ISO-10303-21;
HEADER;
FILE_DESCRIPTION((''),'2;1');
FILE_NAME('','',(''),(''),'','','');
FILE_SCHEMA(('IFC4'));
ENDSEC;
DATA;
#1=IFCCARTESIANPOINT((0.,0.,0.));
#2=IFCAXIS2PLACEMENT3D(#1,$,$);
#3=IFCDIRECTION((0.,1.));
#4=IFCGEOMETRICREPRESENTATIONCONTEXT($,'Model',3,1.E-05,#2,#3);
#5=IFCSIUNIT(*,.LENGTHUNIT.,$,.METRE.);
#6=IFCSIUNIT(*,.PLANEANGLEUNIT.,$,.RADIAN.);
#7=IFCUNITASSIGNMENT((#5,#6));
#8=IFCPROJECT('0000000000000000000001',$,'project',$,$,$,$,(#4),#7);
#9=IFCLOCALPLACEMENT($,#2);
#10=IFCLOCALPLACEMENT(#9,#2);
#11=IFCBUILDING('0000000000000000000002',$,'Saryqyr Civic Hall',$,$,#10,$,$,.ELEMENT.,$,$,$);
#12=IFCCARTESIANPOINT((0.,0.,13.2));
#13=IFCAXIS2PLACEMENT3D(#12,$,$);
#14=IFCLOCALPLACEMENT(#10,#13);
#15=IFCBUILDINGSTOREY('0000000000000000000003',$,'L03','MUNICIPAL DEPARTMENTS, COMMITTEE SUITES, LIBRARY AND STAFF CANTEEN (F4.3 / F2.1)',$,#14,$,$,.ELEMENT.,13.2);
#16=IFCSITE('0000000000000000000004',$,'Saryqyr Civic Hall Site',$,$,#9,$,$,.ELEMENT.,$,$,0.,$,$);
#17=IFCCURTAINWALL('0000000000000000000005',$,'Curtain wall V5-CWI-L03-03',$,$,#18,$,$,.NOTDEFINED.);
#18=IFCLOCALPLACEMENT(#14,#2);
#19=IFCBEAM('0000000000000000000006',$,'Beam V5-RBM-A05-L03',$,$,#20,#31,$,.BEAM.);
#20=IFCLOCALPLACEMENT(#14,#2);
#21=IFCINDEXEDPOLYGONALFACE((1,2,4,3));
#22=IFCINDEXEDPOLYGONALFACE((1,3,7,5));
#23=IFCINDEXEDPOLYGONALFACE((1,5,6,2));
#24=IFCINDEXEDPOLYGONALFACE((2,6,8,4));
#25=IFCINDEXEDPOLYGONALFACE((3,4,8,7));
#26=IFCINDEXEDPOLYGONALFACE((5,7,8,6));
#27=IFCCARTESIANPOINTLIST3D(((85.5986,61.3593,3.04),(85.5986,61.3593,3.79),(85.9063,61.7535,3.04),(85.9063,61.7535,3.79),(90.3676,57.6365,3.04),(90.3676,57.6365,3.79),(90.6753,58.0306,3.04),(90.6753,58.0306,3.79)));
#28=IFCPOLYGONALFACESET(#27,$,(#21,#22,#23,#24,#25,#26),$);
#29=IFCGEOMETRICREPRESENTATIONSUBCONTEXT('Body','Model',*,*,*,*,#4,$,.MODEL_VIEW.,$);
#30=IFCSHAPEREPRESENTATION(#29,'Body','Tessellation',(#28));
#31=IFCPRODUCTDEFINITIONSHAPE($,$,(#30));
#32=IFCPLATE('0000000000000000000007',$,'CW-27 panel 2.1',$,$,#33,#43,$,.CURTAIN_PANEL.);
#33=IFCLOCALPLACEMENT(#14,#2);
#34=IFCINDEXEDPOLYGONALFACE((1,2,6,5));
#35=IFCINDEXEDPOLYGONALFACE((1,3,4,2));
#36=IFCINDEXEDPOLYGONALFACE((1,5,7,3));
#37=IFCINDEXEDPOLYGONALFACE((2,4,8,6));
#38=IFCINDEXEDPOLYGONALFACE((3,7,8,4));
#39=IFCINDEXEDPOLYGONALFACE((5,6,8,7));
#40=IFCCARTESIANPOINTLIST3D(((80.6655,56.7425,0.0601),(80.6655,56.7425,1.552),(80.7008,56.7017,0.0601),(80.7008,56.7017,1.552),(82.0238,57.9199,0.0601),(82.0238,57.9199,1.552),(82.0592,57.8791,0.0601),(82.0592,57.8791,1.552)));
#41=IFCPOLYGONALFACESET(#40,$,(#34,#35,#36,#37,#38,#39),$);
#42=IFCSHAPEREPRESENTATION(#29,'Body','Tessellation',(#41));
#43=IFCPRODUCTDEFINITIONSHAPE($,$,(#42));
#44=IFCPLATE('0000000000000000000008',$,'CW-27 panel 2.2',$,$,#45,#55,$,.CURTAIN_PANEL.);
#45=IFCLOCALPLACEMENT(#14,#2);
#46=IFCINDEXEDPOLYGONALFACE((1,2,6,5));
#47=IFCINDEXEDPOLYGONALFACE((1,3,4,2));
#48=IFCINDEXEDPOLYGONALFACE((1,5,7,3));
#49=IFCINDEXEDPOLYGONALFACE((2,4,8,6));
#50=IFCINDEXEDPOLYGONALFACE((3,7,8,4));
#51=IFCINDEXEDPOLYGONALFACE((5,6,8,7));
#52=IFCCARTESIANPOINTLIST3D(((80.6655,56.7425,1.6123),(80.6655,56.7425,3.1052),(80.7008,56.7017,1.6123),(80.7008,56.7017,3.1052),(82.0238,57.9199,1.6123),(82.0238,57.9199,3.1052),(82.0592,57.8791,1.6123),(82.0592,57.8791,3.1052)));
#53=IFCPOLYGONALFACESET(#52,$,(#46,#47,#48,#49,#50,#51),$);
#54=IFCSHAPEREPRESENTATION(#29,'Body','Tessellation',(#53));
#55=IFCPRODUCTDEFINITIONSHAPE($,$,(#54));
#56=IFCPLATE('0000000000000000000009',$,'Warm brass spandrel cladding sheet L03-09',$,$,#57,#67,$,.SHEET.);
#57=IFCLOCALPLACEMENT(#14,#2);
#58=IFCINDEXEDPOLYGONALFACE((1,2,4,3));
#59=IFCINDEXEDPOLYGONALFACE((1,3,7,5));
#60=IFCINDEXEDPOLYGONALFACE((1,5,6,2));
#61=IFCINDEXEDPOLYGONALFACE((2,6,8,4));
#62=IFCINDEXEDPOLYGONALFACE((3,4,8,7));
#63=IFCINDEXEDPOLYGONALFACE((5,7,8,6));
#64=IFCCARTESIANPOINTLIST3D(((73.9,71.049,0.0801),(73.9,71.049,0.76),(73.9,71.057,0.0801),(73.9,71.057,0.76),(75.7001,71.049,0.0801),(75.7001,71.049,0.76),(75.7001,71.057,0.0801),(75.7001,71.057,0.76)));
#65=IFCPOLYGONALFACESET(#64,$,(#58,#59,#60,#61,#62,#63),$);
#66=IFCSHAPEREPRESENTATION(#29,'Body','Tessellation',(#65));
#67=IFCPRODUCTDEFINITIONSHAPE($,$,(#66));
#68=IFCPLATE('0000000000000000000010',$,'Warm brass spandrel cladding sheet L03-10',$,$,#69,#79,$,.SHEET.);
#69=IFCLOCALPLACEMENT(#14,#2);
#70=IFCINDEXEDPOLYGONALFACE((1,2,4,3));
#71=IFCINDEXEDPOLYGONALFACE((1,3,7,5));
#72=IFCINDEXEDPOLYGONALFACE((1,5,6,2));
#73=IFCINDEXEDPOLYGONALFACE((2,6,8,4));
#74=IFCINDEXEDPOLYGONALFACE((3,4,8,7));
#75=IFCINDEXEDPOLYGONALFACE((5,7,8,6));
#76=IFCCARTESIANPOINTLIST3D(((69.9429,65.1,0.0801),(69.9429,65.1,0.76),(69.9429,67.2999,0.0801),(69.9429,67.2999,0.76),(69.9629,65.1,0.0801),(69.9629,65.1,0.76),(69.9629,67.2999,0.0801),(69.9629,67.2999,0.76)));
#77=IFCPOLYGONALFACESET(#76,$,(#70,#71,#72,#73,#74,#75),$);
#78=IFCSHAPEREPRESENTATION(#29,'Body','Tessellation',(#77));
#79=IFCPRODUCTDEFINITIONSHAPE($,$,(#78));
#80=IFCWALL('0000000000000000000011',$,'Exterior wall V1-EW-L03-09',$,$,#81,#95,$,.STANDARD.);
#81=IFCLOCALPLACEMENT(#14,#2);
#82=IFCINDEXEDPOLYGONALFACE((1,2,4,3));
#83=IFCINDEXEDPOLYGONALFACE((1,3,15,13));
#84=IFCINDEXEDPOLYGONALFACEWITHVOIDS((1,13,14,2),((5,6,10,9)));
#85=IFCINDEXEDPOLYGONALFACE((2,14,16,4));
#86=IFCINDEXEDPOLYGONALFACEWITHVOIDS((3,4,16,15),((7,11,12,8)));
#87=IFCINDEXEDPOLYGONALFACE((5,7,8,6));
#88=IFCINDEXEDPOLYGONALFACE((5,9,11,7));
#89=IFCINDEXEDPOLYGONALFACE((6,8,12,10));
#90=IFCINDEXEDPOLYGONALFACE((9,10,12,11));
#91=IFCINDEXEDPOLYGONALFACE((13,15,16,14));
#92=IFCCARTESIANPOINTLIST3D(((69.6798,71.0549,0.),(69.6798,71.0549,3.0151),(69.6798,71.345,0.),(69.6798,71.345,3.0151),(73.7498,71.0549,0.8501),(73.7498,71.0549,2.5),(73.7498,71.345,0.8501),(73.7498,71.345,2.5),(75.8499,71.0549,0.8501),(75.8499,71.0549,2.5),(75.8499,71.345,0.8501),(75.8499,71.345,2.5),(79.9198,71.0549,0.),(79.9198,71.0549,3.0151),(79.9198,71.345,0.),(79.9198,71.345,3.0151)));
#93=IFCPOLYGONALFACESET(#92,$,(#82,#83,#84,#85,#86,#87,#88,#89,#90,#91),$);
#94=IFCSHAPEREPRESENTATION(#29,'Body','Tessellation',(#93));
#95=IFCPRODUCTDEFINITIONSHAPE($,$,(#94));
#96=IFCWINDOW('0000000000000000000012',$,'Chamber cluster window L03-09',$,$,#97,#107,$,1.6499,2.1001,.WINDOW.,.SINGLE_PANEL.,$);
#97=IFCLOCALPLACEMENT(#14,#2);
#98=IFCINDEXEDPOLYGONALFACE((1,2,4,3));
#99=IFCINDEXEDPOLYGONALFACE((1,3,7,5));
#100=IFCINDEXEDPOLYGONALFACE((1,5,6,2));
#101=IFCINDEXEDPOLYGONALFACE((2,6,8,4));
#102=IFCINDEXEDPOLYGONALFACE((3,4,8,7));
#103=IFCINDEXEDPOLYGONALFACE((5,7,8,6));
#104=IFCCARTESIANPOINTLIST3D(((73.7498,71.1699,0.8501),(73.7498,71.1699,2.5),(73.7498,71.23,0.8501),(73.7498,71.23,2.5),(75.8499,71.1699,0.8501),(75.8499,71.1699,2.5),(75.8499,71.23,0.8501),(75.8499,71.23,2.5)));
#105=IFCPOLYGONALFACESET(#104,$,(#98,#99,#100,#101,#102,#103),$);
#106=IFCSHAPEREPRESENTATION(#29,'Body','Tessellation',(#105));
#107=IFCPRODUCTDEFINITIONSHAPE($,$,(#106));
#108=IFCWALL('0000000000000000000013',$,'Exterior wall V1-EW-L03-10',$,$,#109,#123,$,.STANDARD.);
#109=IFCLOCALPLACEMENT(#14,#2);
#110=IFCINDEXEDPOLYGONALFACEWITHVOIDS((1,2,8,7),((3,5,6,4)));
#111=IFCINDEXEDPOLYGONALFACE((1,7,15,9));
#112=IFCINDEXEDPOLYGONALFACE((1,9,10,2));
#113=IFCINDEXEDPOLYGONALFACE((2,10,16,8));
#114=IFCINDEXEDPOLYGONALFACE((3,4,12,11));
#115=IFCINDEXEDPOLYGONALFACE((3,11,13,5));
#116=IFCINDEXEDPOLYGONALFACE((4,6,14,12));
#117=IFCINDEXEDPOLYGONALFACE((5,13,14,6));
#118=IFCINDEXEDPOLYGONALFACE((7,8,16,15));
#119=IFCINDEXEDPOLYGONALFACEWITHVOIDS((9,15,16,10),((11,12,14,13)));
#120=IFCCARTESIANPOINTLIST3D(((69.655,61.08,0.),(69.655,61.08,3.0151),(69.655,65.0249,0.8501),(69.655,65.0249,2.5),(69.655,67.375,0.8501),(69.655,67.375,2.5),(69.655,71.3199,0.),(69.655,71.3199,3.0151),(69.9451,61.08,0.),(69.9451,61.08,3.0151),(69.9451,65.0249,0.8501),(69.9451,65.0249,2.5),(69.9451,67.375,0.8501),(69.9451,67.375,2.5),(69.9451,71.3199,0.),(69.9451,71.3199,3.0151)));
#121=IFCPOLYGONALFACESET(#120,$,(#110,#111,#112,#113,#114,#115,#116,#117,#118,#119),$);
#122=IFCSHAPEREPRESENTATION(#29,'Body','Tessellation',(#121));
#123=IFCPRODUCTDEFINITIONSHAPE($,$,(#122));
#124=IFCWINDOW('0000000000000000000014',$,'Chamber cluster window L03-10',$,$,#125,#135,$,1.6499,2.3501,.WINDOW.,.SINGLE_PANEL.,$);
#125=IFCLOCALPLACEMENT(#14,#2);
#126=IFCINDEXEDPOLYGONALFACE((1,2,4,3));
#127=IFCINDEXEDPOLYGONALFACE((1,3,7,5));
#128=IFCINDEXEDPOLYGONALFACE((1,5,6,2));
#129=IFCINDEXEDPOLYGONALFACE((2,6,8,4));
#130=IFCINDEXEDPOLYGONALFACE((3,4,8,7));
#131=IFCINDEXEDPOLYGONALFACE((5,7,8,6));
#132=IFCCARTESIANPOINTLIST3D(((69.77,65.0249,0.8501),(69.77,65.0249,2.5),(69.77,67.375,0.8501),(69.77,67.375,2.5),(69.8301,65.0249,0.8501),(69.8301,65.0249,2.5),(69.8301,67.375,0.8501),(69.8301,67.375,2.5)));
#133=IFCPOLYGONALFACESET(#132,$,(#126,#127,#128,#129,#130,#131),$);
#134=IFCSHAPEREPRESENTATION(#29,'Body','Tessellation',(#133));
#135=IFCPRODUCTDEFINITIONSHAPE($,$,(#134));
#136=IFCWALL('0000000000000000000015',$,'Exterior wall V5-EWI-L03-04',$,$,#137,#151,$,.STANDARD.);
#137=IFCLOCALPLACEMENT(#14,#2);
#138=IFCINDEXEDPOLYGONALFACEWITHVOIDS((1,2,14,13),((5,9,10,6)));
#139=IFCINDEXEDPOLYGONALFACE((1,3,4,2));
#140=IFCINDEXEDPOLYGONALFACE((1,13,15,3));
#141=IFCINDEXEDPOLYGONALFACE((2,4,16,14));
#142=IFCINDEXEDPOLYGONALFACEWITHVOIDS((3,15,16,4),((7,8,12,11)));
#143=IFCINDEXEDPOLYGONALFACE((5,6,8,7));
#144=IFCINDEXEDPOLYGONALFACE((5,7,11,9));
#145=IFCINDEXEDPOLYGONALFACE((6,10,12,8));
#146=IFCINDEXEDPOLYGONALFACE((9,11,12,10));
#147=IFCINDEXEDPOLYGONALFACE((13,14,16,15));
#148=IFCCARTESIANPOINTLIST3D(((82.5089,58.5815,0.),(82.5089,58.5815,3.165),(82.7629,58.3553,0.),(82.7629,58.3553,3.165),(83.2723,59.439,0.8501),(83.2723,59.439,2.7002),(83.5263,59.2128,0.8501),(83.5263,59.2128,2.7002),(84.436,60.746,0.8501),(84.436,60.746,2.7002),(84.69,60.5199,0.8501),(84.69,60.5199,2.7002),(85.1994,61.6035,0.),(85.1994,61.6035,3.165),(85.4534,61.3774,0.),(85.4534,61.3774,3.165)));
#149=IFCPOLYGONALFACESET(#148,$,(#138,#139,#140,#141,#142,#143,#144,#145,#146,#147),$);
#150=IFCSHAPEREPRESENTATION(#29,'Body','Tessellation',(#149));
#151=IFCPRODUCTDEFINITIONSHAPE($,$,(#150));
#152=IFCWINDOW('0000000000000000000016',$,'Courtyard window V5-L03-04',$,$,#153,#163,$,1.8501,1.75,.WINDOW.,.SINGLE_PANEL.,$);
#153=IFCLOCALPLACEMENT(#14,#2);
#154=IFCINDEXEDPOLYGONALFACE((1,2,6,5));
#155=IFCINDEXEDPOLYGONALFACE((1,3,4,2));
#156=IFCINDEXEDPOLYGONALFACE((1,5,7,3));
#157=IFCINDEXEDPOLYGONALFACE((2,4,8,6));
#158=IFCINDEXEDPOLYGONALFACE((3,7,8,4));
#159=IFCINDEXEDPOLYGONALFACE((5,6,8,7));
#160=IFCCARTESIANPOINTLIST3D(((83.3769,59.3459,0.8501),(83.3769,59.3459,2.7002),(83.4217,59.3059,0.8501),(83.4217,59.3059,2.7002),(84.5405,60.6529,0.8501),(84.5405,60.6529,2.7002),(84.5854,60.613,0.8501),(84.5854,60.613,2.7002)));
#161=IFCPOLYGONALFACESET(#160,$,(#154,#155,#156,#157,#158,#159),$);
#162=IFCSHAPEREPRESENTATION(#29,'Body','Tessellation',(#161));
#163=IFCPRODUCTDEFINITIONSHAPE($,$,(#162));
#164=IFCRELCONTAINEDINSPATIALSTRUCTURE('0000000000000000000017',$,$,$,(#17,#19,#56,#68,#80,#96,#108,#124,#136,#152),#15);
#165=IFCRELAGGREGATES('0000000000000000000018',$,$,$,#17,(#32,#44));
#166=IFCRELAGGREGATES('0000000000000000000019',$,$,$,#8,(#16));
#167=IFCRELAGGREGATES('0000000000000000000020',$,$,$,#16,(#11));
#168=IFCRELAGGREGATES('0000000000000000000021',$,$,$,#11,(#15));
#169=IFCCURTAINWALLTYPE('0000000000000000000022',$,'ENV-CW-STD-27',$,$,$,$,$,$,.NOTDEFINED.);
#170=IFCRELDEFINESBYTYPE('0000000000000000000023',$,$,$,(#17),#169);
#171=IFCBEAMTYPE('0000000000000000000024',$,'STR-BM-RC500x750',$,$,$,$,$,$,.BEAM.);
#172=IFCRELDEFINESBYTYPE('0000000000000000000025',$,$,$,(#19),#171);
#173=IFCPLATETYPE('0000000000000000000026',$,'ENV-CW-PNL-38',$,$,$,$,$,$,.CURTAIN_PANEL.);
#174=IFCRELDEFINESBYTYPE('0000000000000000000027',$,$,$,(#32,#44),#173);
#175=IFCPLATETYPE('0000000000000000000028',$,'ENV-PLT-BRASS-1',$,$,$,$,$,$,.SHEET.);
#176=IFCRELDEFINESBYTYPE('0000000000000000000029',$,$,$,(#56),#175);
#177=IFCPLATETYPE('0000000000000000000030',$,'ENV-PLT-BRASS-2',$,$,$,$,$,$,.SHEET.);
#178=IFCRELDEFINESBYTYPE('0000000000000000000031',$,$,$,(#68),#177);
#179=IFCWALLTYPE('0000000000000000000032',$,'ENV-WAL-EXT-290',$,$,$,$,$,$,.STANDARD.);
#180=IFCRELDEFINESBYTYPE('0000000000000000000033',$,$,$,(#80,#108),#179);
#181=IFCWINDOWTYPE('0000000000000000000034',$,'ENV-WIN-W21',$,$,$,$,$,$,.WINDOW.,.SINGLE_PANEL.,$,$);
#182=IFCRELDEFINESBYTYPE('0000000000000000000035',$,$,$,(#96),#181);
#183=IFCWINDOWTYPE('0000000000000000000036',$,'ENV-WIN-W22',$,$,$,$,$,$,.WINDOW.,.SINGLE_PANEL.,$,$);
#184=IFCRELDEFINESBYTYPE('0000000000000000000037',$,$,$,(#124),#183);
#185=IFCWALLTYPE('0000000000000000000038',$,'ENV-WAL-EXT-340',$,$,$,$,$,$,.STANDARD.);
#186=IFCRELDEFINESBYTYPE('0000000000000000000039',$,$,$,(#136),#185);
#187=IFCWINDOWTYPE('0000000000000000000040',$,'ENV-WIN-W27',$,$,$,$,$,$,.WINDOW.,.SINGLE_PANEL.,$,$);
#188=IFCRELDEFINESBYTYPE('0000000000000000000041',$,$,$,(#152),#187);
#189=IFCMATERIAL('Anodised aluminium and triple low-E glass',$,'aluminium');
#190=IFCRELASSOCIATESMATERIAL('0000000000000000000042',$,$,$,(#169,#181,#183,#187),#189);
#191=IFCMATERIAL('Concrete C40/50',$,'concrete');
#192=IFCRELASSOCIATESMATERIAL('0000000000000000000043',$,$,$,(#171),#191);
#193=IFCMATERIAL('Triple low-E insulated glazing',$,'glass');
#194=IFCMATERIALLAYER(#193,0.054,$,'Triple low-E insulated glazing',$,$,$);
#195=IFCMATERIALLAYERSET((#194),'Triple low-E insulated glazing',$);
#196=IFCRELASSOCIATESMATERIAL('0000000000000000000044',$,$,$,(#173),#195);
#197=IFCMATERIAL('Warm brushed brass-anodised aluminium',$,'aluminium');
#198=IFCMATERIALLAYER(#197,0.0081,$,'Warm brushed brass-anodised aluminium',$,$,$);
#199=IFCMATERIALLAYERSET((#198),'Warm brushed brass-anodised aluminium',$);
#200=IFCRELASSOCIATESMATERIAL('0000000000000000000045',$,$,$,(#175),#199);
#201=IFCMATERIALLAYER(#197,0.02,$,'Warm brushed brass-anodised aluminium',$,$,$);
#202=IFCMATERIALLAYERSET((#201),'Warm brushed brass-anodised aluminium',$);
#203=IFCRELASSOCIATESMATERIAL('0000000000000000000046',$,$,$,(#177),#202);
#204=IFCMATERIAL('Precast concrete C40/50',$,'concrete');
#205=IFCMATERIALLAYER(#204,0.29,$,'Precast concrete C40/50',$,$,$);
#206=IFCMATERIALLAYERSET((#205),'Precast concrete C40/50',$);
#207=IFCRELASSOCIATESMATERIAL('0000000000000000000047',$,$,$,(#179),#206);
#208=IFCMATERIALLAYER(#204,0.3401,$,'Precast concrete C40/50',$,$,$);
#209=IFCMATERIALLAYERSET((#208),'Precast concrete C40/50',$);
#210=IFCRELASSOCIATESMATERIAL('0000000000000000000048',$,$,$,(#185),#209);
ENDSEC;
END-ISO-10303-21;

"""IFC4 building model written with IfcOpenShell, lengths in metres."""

from ifc_helpers import new_model, si_unit, direction, frame, frame_2d, origin, origin_2d, place, context, subcontext, project, spatial, rectangle, extrude, material, layer, layer_set, material_profile, profile_set, type_object, element, fill, aggregate, save


model = new_model("IFC4")

# Units and contexts
model_context = context("Model", 3, precision=1e-05, world=origin(), true_north=direction((0.0, 1.0)))
body_context = subcontext(model_context, "Body", "Model", "MODEL_VIEW")
ifc_project = project(units=[si_unit("LENGTHUNIT", "METRE"), si_unit("PLANEANGLEUNIT", "RADIAN")], contexts=[model_context])

# Site, building, storey
site_placement = place(None, origin())
site = spatial("IfcSite", under=ifc_project, at=site_placement, Name="Saryqyr Civic Hall Site", CompositionType="ELEMENT", RefElevation=0.0)
building_placement = place(site_placement, origin())
building = spatial("IfcBuilding", under=site, at=building_placement, Name="Saryqyr Civic Hall", CompositionType="ELEMENT")
storey_placement = place(building_placement, frame((0.0, 0.0, 13.2)))
storey = spatial("IfcBuildingStorey", under=building, at=storey_placement, Name="L03", Description="MUNICIPAL DEPARTMENTS, COMMITTEE SUITES, LIBRARY AND STAFF CANTEEN (F4.3 / F2.1)", CompositionType="ELEMENT", Elevation=13.2)

# Shared definitions
ifc_material_1 = material(Name="Concrete C40/50", Category="concrete")

# Curtain wall
ifc_material_2 = material(Name="Anodised aluminium and triple low-E glass", Category="aluminium")
curtain_wall_type = type_object("IfcCurtainWallType", Name="ENV-CW-STD-27", PredefinedType="NOTDEFINED", material=ifc_material_2)
curtain_wall_1_placement = place(storey_placement, origin())
curtain_wall_1 = element("IfcCurtainWall", 1, at=curtain_wall_1_placement, inside=storey, type_object=curtain_wall_type, Name="Curtain wall V5-CWI-L03-03", PredefinedType="NOTDEFINED")

# Beam
ifc_material_profile_1 = material_profile(ifc_material_1, rectangle(XDim=0.5, YDim=0.75, at=origin_2d()), Name="RC 500x750")
ifc_profile_set_1 = profile_set([ifc_material_profile_1], Name="Concrete C40/50")
beam_type_1 = type_object("IfcBeamType", Name="STR-BM-RC500x750", PredefinedType="BEAM", material=ifc_profile_set_1)
for number, where, z_axis, x_axis, name in (
    (2, (85.7524, 61.5564, 3.415), (0.788258, -0.615345, 0.0), (0.615345, 0.788258, 0.0), "Beam V5-RBM-A05-L03"),
):
    element("IfcBeam", number, at=place(storey_placement, frame(where, z_axis=z_axis, x_axis=x_axis)), inside=storey, type_object=beam_type_1, Name=name, PredefinedType="BEAM", context=body_context, shape_type="SweptSolid", body=[
        extrude(rectangle(XDim=0.5, YDim=0.75, at=origin_2d()), origin(), (0.0, 0.0, 1.0), 6.05),
    ])

# Plates
ifc_material_3 = material(Name="Triple low-E insulated glazing", Category="glass")
ifc_layer_1 = layer(ifc_material_3, 0.054, Name="Triple low-E insulated glazing")
ifc_layer_set_1 = layer_set([ifc_layer_1], Name="Triple low-E insulated glazing")
plate_type_1 = type_object("IfcPlateType", Name="ENV-CW-PNL-38", PredefinedType="CURTAIN_PANEL", material=ifc_layer_set_1)
plate_1_placement = place(storey_placement, frame((81.3623, 57.3108, 0.0601), z_axis=(0.0, 0.0, 1.0), x_axis=(0.755652, 0.654974, 0.0)))
plate_1 = element("IfcPlate", 3, at=plate_1_placement, type_object=plate_type_1, Name="CW-27 panel 2.1", PredefinedType="CURTAIN_PANEL", context=body_context, shape_type="SweptSolid", body=[
    extrude(rectangle(XDim=1.7976, YDim=0.054, at=origin_2d()), origin(), (0.0, 0.0, 1.0), 1.4919),
])
plate_2_placement = place(storey_placement, frame((81.3623, 57.3108, 1.6123), z_axis=(0.0, 0.0, 1.0), x_axis=(0.755652, 0.654974, 0.0)))
plate_2 = element("IfcPlate", 4, at=plate_2_placement, type_object=plate_type_1, Name="CW-27 panel 2.2", PredefinedType="CURTAIN_PANEL", context=body_context, shape_type="SweptSolid", body=[
    extrude(rectangle(XDim=1.7976, YDim=0.054, at=origin_2d()), origin(), (0.0, 0.0, 1.0), 1.4929),
])
aggregate(curtain_wall_1, [plate_1, plate_2])

# Plates
ifc_material_4 = material(Name="Warm brushed brass-anodised aluminium", Category="aluminium")
ifc_layer_2 = layer(ifc_material_4, 0.0081, Name="Warm brushed brass-anodised aluminium")
ifc_layer_set_2 = layer_set([ifc_layer_2], Name="Warm brushed brass-anodised aluminium")
plate_type_2 = type_object("IfcPlateType", Name="ENV-PLT-BRASS-1", PredefinedType="SHEET", material=ifc_layer_set_2)
plate_3_placement = place(storey_placement, frame((74.8, 71.053, 0.0801), z_axis=(0.0, 0.0, 1.0), x_axis=(-1.0, 0.0, 0.0)))
element("IfcPlate", 5, at=plate_3_placement, inside=storey, type_object=plate_type_2, Name="Warm brass spandrel cladding sheet L03-09", PredefinedType="SHEET", context=body_context, shape_type="SweptSolid", body=[
    extrude(rectangle(XDim=1.8, YDim=0.0081, at=origin_2d()), origin(), (0.0, 0.0, 1.0), 0.6799),
])
ifc_layer_3 = layer(ifc_material_4, 0.02, Name="Warm brushed brass-anodised aluminium")
ifc_layer_set_3 = layer_set([ifc_layer_3], Name="Warm brushed brass-anodised aluminium")
plate_type_3 = type_object("IfcPlateType", Name="ENV-PLT-BRASS-2", PredefinedType="SHEET", material=ifc_layer_set_3)
plate_4_placement = place(storey_placement, frame((69.9529, 66.2, 0.0801), z_axis=(0.0, 0.0, 1.0), x_axis=(0.0, -1.0, 0.0)))
element("IfcPlate", 6, at=plate_4_placement, inside=storey, type_object=plate_type_3, Name="Warm brass spandrel cladding sheet L03-10", PredefinedType="SHEET", context=body_context, shape_type="SweptSolid", body=[
    extrude(rectangle(XDim=2.2, YDim=0.02, at=origin_2d()), origin(), (0.0, 0.0, 1.0), 0.6799),
])

# Walls, openings, windows
ifc_material_5 = material(Name="Precast concrete C40/50", Category="concrete")
ifc_layer_4 = layer(ifc_material_5, 0.29, Name="Precast concrete C40/50")
ifc_layer_set_4 = layer_set([ifc_layer_4], Name="Precast concrete C40/50")
wall_type_1 = type_object("IfcWallType", Name="ENV-WAL-EXT-290", PredefinedType="STANDARD", material=ifc_layer_set_4)
wall_1_placement = place(storey_placement, frame((79.9199, 71.2, 0.0), z_axis=(0.0, 0.0, 1.0), x_axis=(-1.0, 0.0, 0.0)))
wall_1 = element("IfcWall", 7, at=wall_1_placement, inside=storey, type_object=wall_type_1, Name="Exterior wall V1-EW-L03-09", PredefinedType="STANDARD", context=body_context, shape_type="SweptSolid", body=[
    extrude(rectangle(XDim=10.24, YDim=0.29, at=frame_2d((5.1201, 0.0))), origin(), (0.0, 0.0, 1.0), 3.0151),
])
opening_1_placement = place(wall_1_placement, frame((4.0701, 0.0, 0.8501)))
opening_1 = element("IfcOpeningElement", 8, at=opening_1_placement, cuts=wall_1, PredefinedType="OPENING", context=body_context, shape_type="SweptSolid", body=[
    extrude(rectangle(XDim=2.1001, YDim=1.6499, at=frame_2d((1.05, 0.825))), frame((0.0, 0.155, 0.0), z_axis=(0.0, -1.0, 0.0), x_axis=(1.0, 0.0, 0.0)), (0.0, 0.0, 1.0), 0.3101),
])
window_type_1 = type_object("IfcWindowType", Name="ENV-WIN-W21", PartitioningType="SINGLE_PANEL", PredefinedType="WINDOW", material=ifc_material_2)
window_1_placement = place(opening_1_placement, origin())
window_1 = element("IfcWindow", 9, at=window_1_placement, inside=storey, type_object=window_type_1, Name="Chamber cluster window L03-09", OverallHeight=1.6499, OverallWidth=2.1001, PartitioningType="SINGLE_PANEL", PredefinedType="WINDOW", context=body_context, shape_type="SweptSolid", body=[
    extrude(rectangle(XDim=2.1001, YDim=1.6499, at=frame_2d((1.05, 0.825))), frame((0.0, 0.03, 0.0), z_axis=(0.0, -1.0, 0.0), x_axis=(1.0, 0.0, 0.0)), (0.0, 0.0, 1.0), 0.0601),
])
fill(opening_1, window_1)
wall_2_placement = place(storey_placement, frame((69.8, 71.3201, 0.0), z_axis=(0.0, 0.0, 1.0), x_axis=(0.0, -1.0, 0.0)))
wall_2 = element("IfcWall", 10, at=wall_2_placement, inside=storey, type_object=wall_type_1, Name="Exterior wall V1-EW-L03-10", PredefinedType="STANDARD", context=body_context, shape_type="SweptSolid", body=[
    extrude(rectangle(XDim=10.24, YDim=0.29, at=frame_2d((5.1201, 0.0))), origin(), (0.0, 0.0, 1.0), 3.0151),
])
opening_2_placement = place(wall_2_placement, frame((3.9451, 0.0, 0.8501)))
opening_2 = element("IfcOpeningElement", 11, at=opening_2_placement, cuts=wall_2, PredefinedType="OPENING", context=body_context, shape_type="SweptSolid", body=[
    extrude(rectangle(XDim=2.3501, YDim=1.6499, at=frame_2d((1.175, 0.825))), frame((0.0, 0.155, 0.0), z_axis=(0.0, -1.0, 0.0), x_axis=(1.0, 0.0, 0.0)), (0.0, 0.0, 1.0), 0.3101),
])
window_type_2 = type_object("IfcWindowType", Name="ENV-WIN-W22", PartitioningType="SINGLE_PANEL", PredefinedType="WINDOW", material=ifc_material_2)
window_2_placement = place(opening_2_placement, origin())
window_2 = element("IfcWindow", 12, at=window_2_placement, inside=storey, type_object=window_type_2, Name="Chamber cluster window L03-10", OverallHeight=1.6499, OverallWidth=2.3501, PartitioningType="SINGLE_PANEL", PredefinedType="WINDOW", context=body_context, shape_type="SweptSolid", body=[
    extrude(rectangle(XDim=2.3501, YDim=1.6499, at=frame_2d((1.175, 0.825))), frame((0.0, 0.03, 0.0), z_axis=(0.0, -1.0, 0.0), x_axis=(1.0, 0.0, 0.0)), (0.0, 0.0, 1.0), 0.0601),
])
fill(opening_2, window_2)
ifc_layer_5 = layer(ifc_material_5, 0.3401, Name="Precast concrete C40/50")
ifc_layer_set_5 = layer_set([ifc_layer_5], Name="Precast concrete C40/50")
wall_type_2 = type_object("IfcWallType", Name="ENV-WAL-EXT-340", PredefinedType="STANDARD", material=ifc_layer_set_5)
wall_3_placement = place(storey_placement, frame((82.636, 58.4685, 0.0), z_axis=(0.0, 0.0, 1.0), x_axis=(0.664948, 0.74689, 0.0)))
wall_3 = element("IfcWall", 13, at=wall_3_placement, inside=storey, type_object=wall_type_2, Name="Exterior wall V5-EWI-L03-04", PredefinedType="STANDARD", context=body_context, shape_type="SweptSolid", body=[
    extrude(rectangle(XDim=4.0461, YDim=0.3401, at=frame_2d((2.0229, 0.0))), origin(), (0.0, 0.0, 1.0), 3.165),
])
opening_3_placement = place(wall_3_placement, frame((1.1479, 0.0, 0.8501)))
opening_3 = element("IfcOpeningElement", 14, at=opening_3_placement, cuts=wall_3, PredefinedType="OPENING", context=body_context, shape_type="SweptSolid", body=[
    extrude(rectangle(XDim=1.75, YDim=1.8501, at=frame_2d((0.875, 0.925))), frame((0.0, 0.1799, 0.0), z_axis=(0.0, -1.0, 0.0), x_axis=(1.0, 0.0, 0.0)), (0.0, 0.0, 1.0), 0.3601),
])
window_type_3 = type_object("IfcWindowType", Name="ENV-WIN-W27", PartitioningType="SINGLE_PANEL", PredefinedType="WINDOW", material=ifc_material_2)
window_3_placement = place(opening_3_placement, origin())
window_3 = element("IfcWindow", 15, at=window_3_placement, inside=storey, type_object=window_type_3, Name="Courtyard window V5-L03-04", OverallHeight=1.8501, OverallWidth=1.75, PartitioningType="SINGLE_PANEL", PredefinedType="WINDOW", context=body_context, shape_type="SweptSolid", body=[
    extrude(rectangle(XDim=1.75, YDim=1.8501, at=frame_2d((0.875, 0.925))), frame((0.0, 0.03, 0.0), z_axis=(0.0, -1.0, 0.0), x_axis=(1.0, 0.0, 0.0)), (0.0, 0.0, 1.0), 0.0601),
])
fill(opening_3, window_3)

save(model, "model.ifc")
